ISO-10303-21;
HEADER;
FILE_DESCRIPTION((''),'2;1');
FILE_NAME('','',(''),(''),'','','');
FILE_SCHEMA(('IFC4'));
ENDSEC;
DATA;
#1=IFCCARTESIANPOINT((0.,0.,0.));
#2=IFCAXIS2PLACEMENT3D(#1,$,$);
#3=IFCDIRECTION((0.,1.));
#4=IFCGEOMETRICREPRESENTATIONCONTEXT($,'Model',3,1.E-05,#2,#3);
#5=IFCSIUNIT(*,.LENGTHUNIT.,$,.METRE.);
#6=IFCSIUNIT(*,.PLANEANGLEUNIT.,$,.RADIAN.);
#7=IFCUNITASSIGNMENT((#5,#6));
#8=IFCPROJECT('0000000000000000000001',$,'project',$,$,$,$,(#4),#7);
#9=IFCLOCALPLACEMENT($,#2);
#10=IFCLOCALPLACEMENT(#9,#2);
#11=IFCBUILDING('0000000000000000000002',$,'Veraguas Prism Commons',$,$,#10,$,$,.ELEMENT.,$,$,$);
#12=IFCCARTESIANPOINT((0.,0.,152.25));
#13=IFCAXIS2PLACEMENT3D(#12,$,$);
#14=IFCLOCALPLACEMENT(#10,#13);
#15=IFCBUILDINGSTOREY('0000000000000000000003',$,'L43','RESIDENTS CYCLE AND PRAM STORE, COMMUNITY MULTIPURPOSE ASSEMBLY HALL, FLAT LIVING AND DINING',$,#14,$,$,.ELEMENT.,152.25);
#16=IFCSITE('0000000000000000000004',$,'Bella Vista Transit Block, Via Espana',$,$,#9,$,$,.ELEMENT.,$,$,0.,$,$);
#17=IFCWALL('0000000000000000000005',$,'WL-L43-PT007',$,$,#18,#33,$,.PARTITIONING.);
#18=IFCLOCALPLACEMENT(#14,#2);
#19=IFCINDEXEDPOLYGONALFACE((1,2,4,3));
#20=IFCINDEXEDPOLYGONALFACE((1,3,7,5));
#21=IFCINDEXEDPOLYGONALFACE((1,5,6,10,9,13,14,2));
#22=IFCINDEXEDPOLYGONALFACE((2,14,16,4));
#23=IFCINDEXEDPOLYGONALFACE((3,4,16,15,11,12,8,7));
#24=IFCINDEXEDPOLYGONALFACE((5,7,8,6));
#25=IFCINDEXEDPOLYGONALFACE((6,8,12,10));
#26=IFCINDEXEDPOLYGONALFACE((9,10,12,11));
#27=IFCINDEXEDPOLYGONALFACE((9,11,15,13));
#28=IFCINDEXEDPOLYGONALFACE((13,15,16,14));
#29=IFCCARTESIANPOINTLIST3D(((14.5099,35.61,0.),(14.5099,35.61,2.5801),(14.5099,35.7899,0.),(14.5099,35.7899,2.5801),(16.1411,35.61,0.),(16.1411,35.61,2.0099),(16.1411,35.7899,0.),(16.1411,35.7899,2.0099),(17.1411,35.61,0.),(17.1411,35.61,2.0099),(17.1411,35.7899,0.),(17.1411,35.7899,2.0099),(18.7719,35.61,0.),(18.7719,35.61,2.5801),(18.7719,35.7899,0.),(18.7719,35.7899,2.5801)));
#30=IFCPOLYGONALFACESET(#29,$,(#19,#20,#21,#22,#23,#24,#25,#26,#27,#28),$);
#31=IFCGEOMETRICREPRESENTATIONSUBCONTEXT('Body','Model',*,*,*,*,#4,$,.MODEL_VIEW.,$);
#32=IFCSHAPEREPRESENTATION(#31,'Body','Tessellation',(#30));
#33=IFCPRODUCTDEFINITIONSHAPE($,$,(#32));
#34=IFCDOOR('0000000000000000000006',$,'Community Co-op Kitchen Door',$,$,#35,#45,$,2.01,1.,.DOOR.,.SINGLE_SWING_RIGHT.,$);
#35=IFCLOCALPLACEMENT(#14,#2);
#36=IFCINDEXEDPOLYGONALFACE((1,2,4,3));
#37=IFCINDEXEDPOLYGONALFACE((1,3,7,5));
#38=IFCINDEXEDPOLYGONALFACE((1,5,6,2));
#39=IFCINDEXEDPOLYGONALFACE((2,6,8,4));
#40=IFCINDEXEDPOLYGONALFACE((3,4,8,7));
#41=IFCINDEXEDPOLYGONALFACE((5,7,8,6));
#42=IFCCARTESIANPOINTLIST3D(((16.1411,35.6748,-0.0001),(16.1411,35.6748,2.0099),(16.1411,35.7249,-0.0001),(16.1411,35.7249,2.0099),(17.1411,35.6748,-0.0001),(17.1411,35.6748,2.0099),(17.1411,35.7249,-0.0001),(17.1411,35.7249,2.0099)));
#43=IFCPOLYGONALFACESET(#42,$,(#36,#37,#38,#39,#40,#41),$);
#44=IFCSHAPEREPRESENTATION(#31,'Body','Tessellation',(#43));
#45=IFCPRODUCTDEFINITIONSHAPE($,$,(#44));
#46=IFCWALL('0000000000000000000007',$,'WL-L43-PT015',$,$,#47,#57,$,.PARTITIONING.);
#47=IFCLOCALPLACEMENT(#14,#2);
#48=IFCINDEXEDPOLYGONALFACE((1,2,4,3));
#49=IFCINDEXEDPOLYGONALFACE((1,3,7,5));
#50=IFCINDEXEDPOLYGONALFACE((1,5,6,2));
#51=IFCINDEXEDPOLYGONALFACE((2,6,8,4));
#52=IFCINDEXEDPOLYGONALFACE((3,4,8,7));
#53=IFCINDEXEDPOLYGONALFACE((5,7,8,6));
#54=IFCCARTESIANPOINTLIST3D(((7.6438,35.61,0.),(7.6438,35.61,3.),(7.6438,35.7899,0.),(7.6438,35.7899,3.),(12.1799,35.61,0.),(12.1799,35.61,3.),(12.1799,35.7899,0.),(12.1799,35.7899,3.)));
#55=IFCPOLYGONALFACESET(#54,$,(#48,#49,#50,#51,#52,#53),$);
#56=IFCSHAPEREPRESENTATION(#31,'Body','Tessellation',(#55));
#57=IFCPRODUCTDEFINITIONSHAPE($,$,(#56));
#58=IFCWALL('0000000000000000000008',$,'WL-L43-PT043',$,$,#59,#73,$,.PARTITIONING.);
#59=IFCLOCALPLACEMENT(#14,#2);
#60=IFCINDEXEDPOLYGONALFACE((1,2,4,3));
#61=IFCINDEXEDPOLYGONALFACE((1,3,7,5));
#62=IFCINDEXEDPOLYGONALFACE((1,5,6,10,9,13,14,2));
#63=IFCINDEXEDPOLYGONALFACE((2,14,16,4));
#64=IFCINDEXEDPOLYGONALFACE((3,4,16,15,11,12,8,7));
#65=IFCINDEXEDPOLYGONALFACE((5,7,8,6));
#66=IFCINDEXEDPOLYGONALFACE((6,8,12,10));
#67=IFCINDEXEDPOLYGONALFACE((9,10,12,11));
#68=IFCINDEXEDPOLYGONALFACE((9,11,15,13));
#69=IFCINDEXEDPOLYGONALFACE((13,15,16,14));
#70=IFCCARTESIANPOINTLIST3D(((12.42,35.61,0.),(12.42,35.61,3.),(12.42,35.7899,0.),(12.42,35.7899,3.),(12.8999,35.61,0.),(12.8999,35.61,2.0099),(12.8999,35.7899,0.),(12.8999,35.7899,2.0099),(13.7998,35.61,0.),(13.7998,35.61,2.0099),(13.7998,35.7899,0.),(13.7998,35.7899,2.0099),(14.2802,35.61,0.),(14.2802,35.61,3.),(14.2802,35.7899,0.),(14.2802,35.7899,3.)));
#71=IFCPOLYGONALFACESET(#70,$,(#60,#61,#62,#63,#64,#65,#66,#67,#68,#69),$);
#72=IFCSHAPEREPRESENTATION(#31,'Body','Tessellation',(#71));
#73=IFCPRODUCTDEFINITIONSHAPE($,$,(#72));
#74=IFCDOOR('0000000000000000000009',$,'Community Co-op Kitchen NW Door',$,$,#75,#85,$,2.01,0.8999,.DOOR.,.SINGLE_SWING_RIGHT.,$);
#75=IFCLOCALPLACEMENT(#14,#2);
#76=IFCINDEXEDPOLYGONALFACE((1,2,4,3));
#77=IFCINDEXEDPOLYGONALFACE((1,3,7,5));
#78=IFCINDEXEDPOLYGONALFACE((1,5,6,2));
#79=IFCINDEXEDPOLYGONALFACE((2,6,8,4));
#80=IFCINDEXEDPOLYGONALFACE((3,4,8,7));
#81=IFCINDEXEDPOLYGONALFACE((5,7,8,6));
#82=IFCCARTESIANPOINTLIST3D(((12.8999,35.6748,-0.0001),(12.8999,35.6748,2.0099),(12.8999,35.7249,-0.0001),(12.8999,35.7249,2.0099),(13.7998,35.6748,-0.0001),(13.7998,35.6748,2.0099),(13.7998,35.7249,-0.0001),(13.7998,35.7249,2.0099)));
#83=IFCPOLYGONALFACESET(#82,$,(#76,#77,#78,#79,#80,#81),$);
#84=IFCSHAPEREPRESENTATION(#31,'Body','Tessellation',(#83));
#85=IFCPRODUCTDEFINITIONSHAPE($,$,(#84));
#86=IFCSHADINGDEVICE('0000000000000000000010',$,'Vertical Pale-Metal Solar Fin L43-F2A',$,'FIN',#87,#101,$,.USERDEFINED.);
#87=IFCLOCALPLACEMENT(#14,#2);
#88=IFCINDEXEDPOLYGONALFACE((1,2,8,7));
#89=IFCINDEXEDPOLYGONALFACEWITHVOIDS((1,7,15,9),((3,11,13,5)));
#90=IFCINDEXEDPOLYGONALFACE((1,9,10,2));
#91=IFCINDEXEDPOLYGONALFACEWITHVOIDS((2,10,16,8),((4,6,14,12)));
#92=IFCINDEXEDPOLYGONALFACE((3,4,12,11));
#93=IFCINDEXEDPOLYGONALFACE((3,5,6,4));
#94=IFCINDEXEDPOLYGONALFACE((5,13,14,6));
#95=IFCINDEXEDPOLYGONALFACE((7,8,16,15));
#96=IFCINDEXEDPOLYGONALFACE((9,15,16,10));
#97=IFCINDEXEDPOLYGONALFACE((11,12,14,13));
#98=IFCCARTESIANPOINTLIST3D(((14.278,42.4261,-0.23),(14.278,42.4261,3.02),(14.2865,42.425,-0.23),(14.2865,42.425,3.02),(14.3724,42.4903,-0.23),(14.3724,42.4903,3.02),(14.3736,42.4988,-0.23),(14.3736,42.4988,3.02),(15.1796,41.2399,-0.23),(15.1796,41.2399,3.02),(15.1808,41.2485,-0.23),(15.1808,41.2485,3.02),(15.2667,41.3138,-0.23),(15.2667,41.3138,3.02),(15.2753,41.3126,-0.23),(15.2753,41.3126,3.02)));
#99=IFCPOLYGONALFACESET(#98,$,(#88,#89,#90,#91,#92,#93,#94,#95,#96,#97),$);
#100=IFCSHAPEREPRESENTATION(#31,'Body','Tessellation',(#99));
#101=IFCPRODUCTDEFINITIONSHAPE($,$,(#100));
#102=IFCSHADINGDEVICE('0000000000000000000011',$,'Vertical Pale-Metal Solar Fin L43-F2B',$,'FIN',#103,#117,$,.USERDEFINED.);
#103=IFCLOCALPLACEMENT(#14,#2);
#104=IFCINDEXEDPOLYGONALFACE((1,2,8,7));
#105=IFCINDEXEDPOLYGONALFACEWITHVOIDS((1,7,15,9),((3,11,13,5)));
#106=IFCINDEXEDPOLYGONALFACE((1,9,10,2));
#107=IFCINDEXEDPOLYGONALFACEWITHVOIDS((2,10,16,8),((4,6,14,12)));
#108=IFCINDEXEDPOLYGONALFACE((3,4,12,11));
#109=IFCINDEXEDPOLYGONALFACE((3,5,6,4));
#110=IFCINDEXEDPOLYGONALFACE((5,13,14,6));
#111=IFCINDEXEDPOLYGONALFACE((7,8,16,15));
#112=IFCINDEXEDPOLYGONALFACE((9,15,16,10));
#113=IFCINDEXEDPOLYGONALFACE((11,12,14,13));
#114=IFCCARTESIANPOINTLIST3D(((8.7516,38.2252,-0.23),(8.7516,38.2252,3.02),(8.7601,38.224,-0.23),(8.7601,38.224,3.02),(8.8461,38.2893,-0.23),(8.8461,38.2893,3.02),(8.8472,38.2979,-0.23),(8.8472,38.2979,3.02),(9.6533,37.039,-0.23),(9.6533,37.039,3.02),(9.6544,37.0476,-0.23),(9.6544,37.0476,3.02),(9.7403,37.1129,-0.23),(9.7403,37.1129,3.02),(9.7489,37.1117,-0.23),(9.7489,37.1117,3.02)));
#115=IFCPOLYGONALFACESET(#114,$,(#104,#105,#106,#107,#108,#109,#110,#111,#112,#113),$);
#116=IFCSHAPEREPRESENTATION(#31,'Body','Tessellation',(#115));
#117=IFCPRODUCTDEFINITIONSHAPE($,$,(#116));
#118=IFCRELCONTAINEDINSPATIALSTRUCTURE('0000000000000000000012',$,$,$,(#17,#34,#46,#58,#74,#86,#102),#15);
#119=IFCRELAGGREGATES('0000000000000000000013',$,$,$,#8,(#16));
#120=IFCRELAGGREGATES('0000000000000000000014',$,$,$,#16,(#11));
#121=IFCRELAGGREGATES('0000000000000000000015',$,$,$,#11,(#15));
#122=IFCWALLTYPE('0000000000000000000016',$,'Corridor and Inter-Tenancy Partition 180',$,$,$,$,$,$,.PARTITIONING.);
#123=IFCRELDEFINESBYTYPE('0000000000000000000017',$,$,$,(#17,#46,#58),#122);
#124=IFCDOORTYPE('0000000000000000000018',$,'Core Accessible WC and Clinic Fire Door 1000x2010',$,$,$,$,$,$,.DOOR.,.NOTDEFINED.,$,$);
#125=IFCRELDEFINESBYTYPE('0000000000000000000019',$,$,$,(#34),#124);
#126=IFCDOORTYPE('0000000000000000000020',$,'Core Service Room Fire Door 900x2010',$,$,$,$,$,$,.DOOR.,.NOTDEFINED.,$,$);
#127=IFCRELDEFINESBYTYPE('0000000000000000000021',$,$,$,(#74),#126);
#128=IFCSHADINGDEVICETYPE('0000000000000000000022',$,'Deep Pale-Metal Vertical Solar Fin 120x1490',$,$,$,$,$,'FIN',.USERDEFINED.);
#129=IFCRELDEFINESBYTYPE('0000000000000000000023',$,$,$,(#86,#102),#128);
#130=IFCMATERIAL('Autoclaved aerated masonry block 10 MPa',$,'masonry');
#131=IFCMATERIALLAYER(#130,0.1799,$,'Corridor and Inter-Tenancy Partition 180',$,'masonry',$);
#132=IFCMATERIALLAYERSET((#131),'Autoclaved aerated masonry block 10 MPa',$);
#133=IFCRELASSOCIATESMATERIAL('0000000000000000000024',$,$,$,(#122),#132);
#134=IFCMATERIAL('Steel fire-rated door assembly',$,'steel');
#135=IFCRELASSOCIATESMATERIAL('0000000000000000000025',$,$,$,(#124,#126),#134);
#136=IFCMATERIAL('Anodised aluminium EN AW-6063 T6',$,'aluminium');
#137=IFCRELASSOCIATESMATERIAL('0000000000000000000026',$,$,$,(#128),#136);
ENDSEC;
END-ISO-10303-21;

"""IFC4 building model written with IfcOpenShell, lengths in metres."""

from ifc_helpers import new_model, si_unit, direction, frame, frame_2d, origin, origin_2d, place, context, subcontext, project, spatial, rectangle, hollow_rectangle, extrude, source, transform, mapped, material, layer, layer_set, material_profile, profile_set, type_object, element, fill, save


model = new_model("IFC4")

# Units and contexts
model_context = context("Model", 3, precision=1e-05, world=origin(), true_north=direction((0.0, 1.0)))
body_context = subcontext(model_context, "Body", "Model", "MODEL_VIEW")
ifc_project = project(units=[si_unit("LENGTHUNIT", "METRE"), si_unit("PLANEANGLEUNIT", "RADIAN")], contexts=[model_context])

# Site, building, storey
site_placement = place(None, origin())
site = spatial("IfcSite", under=ifc_project, at=site_placement, Name="Bella Vista Transit Block, Via Espana", CompositionType="ELEMENT", RefElevation=0.0)
building_placement = place(site_placement, origin())
building = spatial("IfcBuilding", under=site, at=building_placement, Name="Veraguas Prism Commons", CompositionType="ELEMENT")
storey_placement = place(building_placement, frame((0.0, 0.0, 152.25)))
storey = spatial("IfcBuildingStorey", under=building, at=storey_placement, Name="L43", Description="RESIDENTS CYCLE AND PRAM STORE, COMMUNITY MULTIPURPOSE ASSEMBLY HALL, FLAT LIVING AND DINING", CompositionType="ELEMENT", Elevation=152.25)

# Shared definitions
ifc_material_1 = material(Name="Anodised aluminium EN AW-6063 T6", Category="aluminium")

# Shared definitions
ifc_material_2 = material(Name="Autoclaved aerated masonry block 10 MPa", Category="masonry")
ifc_layer_1 = layer(ifc_material_2, 0.1799, Name="Corridor and Inter-Tenancy Partition 180", Category="masonry")
ifc_layer_set_1 = layer_set([ifc_layer_1], Name="Autoclaved aerated masonry block 10 MPa")
wall_type = type_object("IfcWallType", Name="Corridor and Inter-Tenancy Partition 180", PredefinedType="PARTITIONING", material=ifc_layer_set_1)

# Wall, opening, door
wall_1_placement = place(storey_placement, frame((14.51, 35.7, 0.0), z_axis=(0.0, 0.0, 1.0), x_axis=(1.0, 0.0, 0.0)))
wall_1 = element("IfcWall", 1, at=wall_1_placement, inside=storey, type_object=wall_type, Name="WL-L43-PT007", PredefinedType="PARTITIONING", context=body_context, shape_type="SweptSolid", body=[
    extrude(rectangle(XDim=4.262, YDim=0.1799, at=frame_2d((2.1309, 0.0))), origin(), (0.0, 0.0, 1.0), 2.5801),
])
opening_1_placement = place(wall_1_placement, frame((1.6311, 0.0, 0.0)))
opening_1 = element("IfcOpeningElement", 2, at=opening_1_placement, cuts=wall_1, PredefinedType="OPENING", context=body_context, shape_type="SweptSolid", body=[
    extrude(rectangle(XDim=1.0, YDim=2.01, at=frame_2d((0.5, 1.0049))), frame((0.0, 0.0999, 0.0), z_axis=(0.0, -1.0, 0.0), x_axis=(1.0, 0.0, 0.0)), (0.0, 0.0, 1.0), 0.2),
])
ifc_material_3 = material(Name="Steel fire-rated door assembly", Category="steel")
door_type_1 = type_object("IfcDoorType", Name="Core Accessible WC and Clinic Fire Door 1000x2010", OperationType="NOTDEFINED", PredefinedType="DOOR", material=ifc_material_3)
shared_shape_1 = source(origin(), body_context, "Body", "SweptSolid", [
    extrude(rectangle(XDim=1.0, YDim=2.01, at=frame_2d((0.5, 1.0049))), frame((0.0, 0.0249, 0.0), z_axis=(0.0, -1.0, 0.0), x_axis=(1.0, 0.0, 0.0)), (0.0, 0.0, 1.0), 0.05),
])
door_1_placement = place(opening_1_placement, origin())
door_1 = element("IfcDoor", 3, at=door_1_placement, inside=storey, type_object=door_type_1, Name="Community Co-op Kitchen Door", OperationType="SINGLE_SWING_RIGHT", OverallHeight=2.01, OverallWidth=1.0, PredefinedType="DOOR", context=body_context, shape_type="MappedRepresentation", body=[
    mapped(shared_shape_1, transform((0.0, 0.0, 0.0), scale=1.0)),
])
fill(opening_1, door_1)

# Wall
wall_2_placement = place(storey_placement, frame((12.1799, 35.7, 0.0), z_axis=(0.0, 0.0, 1.0), x_axis=(-1.0, 0.0, 0.0)))
element("IfcWall", 4, at=wall_2_placement, inside=storey, type_object=wall_type, Name="WL-L43-PT015", PredefinedType="PARTITIONING", context=body_context, shape_type="SweptSolid", body=[
    extrude(rectangle(XDim=4.5361, YDim=0.1799, at=frame_2d((2.2681, 0.0))), origin(), (0.0, 0.0, 1.0), 3.0),
])

# Wall, opening, door
wall_3_placement = place(storey_placement, frame((12.4199, 35.7, 0.0), z_axis=(0.0, 0.0, 1.0), x_axis=(1.0, 0.0, 0.0)))
wall_3 = element("IfcWall", 5, at=wall_3_placement, inside=storey, type_object=wall_type, Name="WL-L43-PT043", PredefinedType="PARTITIONING", context=body_context, shape_type="SweptSolid", body=[
    extrude(rectangle(XDim=1.8601, YDim=0.1799, at=frame_2d((0.9302, 0.0))), origin(), (0.0, 0.0, 1.0), 3.0),
])
opening_2_placement = place(wall_3_placement, frame((0.48, 0.0, 0.0)))
opening_2 = element("IfcOpeningElement", 6, at=opening_2_placement, cuts=wall_3, PredefinedType="OPENING", context=body_context, shape_type="SweptSolid", body=[
    extrude(rectangle(XDim=0.8999, YDim=2.01, at=frame_2d((0.45, 1.0049))), frame((0.0, 0.0999, 0.0), z_axis=(0.0, -1.0, 0.0), x_axis=(1.0, 0.0, 0.0)), (0.0, 0.0, 1.0), 0.2),
])
door_type_2 = type_object("IfcDoorType", Name="Core Service Room Fire Door 900x2010", OperationType="NOTDEFINED", PredefinedType="DOOR", material=ifc_material_3)
shared_shape_2 = source(origin(), body_context, "Body", "SweptSolid", [
    extrude(rectangle(XDim=0.8999, YDim=2.01, at=frame_2d((0.45, 1.0049))), frame((0.0, 0.0249, 0.0), z_axis=(0.0, -1.0, 0.0), x_axis=(1.0, 0.0, 0.0)), (0.0, 0.0, 1.0), 0.05),
])
door_2_placement = place(opening_2_placement, origin())
door_2 = element("IfcDoor", 7, at=door_2_placement, inside=storey, type_object=door_type_2, Name="Community Co-op Kitchen NW Door", OperationType="SINGLE_SWING_RIGHT", OverallHeight=2.01, OverallWidth=0.8999, PredefinedType="DOOR", context=body_context, shape_type="MappedRepresentation", body=[
    mapped(shared_shape_2, transform((0.0, 0.0, 0.0), scale=1.0)),
])
fill(opening_2, door_2)

# Shading devices
ifc_material_profile_1 = material_profile(ifc_material_1, hollow_rectangle(XDim=0.1201, YDim=1.49, WallThickness=0.0061, at=origin_2d()), Name="FIN120X1490X6")
ifc_profile_set_1 = profile_set([ifc_material_profile_1], Name="Anodised aluminium EN AW-6063 T6")
shading_device_type = type_object("IfcShadingDeviceType", Name="Deep Pale-Metal Vertical Solar Fin 120x1490", ElementType="FIN", PredefinedType="USERDEFINED", material=ifc_profile_set_1)
for number, where, z_axis, x_axis, name in (
    (8, (14.7766, 41.8694, -0.23), (0.0, 0.0, 1.0), (-0.796107, -0.605156, 0.0), "Vertical Pale-Metal Solar Fin L43-F2A"),
    (9, (9.2502, 37.6685, -0.23), (0.0, 0.0, 1.0), (-0.796107, -0.605156, 0.0), "Vertical Pale-Metal Solar Fin L43-F2B"),
):
    element("IfcShadingDevice", number, at=place(storey_placement, frame(where, z_axis=z_axis, x_axis=x_axis)), inside=storey, type_object=shading_device_type, Name=name, ObjectType="FIN", PredefinedType="USERDEFINED", context=body_context, shape_type="SweptSolid", body=[
        extrude(hollow_rectangle(XDim=0.1201, YDim=1.49, WallThickness=0.0061, at=origin_2d()), origin(), (0.0, 0.0, 1.0), 3.25),
    ])

save(model, "model.ifc")
